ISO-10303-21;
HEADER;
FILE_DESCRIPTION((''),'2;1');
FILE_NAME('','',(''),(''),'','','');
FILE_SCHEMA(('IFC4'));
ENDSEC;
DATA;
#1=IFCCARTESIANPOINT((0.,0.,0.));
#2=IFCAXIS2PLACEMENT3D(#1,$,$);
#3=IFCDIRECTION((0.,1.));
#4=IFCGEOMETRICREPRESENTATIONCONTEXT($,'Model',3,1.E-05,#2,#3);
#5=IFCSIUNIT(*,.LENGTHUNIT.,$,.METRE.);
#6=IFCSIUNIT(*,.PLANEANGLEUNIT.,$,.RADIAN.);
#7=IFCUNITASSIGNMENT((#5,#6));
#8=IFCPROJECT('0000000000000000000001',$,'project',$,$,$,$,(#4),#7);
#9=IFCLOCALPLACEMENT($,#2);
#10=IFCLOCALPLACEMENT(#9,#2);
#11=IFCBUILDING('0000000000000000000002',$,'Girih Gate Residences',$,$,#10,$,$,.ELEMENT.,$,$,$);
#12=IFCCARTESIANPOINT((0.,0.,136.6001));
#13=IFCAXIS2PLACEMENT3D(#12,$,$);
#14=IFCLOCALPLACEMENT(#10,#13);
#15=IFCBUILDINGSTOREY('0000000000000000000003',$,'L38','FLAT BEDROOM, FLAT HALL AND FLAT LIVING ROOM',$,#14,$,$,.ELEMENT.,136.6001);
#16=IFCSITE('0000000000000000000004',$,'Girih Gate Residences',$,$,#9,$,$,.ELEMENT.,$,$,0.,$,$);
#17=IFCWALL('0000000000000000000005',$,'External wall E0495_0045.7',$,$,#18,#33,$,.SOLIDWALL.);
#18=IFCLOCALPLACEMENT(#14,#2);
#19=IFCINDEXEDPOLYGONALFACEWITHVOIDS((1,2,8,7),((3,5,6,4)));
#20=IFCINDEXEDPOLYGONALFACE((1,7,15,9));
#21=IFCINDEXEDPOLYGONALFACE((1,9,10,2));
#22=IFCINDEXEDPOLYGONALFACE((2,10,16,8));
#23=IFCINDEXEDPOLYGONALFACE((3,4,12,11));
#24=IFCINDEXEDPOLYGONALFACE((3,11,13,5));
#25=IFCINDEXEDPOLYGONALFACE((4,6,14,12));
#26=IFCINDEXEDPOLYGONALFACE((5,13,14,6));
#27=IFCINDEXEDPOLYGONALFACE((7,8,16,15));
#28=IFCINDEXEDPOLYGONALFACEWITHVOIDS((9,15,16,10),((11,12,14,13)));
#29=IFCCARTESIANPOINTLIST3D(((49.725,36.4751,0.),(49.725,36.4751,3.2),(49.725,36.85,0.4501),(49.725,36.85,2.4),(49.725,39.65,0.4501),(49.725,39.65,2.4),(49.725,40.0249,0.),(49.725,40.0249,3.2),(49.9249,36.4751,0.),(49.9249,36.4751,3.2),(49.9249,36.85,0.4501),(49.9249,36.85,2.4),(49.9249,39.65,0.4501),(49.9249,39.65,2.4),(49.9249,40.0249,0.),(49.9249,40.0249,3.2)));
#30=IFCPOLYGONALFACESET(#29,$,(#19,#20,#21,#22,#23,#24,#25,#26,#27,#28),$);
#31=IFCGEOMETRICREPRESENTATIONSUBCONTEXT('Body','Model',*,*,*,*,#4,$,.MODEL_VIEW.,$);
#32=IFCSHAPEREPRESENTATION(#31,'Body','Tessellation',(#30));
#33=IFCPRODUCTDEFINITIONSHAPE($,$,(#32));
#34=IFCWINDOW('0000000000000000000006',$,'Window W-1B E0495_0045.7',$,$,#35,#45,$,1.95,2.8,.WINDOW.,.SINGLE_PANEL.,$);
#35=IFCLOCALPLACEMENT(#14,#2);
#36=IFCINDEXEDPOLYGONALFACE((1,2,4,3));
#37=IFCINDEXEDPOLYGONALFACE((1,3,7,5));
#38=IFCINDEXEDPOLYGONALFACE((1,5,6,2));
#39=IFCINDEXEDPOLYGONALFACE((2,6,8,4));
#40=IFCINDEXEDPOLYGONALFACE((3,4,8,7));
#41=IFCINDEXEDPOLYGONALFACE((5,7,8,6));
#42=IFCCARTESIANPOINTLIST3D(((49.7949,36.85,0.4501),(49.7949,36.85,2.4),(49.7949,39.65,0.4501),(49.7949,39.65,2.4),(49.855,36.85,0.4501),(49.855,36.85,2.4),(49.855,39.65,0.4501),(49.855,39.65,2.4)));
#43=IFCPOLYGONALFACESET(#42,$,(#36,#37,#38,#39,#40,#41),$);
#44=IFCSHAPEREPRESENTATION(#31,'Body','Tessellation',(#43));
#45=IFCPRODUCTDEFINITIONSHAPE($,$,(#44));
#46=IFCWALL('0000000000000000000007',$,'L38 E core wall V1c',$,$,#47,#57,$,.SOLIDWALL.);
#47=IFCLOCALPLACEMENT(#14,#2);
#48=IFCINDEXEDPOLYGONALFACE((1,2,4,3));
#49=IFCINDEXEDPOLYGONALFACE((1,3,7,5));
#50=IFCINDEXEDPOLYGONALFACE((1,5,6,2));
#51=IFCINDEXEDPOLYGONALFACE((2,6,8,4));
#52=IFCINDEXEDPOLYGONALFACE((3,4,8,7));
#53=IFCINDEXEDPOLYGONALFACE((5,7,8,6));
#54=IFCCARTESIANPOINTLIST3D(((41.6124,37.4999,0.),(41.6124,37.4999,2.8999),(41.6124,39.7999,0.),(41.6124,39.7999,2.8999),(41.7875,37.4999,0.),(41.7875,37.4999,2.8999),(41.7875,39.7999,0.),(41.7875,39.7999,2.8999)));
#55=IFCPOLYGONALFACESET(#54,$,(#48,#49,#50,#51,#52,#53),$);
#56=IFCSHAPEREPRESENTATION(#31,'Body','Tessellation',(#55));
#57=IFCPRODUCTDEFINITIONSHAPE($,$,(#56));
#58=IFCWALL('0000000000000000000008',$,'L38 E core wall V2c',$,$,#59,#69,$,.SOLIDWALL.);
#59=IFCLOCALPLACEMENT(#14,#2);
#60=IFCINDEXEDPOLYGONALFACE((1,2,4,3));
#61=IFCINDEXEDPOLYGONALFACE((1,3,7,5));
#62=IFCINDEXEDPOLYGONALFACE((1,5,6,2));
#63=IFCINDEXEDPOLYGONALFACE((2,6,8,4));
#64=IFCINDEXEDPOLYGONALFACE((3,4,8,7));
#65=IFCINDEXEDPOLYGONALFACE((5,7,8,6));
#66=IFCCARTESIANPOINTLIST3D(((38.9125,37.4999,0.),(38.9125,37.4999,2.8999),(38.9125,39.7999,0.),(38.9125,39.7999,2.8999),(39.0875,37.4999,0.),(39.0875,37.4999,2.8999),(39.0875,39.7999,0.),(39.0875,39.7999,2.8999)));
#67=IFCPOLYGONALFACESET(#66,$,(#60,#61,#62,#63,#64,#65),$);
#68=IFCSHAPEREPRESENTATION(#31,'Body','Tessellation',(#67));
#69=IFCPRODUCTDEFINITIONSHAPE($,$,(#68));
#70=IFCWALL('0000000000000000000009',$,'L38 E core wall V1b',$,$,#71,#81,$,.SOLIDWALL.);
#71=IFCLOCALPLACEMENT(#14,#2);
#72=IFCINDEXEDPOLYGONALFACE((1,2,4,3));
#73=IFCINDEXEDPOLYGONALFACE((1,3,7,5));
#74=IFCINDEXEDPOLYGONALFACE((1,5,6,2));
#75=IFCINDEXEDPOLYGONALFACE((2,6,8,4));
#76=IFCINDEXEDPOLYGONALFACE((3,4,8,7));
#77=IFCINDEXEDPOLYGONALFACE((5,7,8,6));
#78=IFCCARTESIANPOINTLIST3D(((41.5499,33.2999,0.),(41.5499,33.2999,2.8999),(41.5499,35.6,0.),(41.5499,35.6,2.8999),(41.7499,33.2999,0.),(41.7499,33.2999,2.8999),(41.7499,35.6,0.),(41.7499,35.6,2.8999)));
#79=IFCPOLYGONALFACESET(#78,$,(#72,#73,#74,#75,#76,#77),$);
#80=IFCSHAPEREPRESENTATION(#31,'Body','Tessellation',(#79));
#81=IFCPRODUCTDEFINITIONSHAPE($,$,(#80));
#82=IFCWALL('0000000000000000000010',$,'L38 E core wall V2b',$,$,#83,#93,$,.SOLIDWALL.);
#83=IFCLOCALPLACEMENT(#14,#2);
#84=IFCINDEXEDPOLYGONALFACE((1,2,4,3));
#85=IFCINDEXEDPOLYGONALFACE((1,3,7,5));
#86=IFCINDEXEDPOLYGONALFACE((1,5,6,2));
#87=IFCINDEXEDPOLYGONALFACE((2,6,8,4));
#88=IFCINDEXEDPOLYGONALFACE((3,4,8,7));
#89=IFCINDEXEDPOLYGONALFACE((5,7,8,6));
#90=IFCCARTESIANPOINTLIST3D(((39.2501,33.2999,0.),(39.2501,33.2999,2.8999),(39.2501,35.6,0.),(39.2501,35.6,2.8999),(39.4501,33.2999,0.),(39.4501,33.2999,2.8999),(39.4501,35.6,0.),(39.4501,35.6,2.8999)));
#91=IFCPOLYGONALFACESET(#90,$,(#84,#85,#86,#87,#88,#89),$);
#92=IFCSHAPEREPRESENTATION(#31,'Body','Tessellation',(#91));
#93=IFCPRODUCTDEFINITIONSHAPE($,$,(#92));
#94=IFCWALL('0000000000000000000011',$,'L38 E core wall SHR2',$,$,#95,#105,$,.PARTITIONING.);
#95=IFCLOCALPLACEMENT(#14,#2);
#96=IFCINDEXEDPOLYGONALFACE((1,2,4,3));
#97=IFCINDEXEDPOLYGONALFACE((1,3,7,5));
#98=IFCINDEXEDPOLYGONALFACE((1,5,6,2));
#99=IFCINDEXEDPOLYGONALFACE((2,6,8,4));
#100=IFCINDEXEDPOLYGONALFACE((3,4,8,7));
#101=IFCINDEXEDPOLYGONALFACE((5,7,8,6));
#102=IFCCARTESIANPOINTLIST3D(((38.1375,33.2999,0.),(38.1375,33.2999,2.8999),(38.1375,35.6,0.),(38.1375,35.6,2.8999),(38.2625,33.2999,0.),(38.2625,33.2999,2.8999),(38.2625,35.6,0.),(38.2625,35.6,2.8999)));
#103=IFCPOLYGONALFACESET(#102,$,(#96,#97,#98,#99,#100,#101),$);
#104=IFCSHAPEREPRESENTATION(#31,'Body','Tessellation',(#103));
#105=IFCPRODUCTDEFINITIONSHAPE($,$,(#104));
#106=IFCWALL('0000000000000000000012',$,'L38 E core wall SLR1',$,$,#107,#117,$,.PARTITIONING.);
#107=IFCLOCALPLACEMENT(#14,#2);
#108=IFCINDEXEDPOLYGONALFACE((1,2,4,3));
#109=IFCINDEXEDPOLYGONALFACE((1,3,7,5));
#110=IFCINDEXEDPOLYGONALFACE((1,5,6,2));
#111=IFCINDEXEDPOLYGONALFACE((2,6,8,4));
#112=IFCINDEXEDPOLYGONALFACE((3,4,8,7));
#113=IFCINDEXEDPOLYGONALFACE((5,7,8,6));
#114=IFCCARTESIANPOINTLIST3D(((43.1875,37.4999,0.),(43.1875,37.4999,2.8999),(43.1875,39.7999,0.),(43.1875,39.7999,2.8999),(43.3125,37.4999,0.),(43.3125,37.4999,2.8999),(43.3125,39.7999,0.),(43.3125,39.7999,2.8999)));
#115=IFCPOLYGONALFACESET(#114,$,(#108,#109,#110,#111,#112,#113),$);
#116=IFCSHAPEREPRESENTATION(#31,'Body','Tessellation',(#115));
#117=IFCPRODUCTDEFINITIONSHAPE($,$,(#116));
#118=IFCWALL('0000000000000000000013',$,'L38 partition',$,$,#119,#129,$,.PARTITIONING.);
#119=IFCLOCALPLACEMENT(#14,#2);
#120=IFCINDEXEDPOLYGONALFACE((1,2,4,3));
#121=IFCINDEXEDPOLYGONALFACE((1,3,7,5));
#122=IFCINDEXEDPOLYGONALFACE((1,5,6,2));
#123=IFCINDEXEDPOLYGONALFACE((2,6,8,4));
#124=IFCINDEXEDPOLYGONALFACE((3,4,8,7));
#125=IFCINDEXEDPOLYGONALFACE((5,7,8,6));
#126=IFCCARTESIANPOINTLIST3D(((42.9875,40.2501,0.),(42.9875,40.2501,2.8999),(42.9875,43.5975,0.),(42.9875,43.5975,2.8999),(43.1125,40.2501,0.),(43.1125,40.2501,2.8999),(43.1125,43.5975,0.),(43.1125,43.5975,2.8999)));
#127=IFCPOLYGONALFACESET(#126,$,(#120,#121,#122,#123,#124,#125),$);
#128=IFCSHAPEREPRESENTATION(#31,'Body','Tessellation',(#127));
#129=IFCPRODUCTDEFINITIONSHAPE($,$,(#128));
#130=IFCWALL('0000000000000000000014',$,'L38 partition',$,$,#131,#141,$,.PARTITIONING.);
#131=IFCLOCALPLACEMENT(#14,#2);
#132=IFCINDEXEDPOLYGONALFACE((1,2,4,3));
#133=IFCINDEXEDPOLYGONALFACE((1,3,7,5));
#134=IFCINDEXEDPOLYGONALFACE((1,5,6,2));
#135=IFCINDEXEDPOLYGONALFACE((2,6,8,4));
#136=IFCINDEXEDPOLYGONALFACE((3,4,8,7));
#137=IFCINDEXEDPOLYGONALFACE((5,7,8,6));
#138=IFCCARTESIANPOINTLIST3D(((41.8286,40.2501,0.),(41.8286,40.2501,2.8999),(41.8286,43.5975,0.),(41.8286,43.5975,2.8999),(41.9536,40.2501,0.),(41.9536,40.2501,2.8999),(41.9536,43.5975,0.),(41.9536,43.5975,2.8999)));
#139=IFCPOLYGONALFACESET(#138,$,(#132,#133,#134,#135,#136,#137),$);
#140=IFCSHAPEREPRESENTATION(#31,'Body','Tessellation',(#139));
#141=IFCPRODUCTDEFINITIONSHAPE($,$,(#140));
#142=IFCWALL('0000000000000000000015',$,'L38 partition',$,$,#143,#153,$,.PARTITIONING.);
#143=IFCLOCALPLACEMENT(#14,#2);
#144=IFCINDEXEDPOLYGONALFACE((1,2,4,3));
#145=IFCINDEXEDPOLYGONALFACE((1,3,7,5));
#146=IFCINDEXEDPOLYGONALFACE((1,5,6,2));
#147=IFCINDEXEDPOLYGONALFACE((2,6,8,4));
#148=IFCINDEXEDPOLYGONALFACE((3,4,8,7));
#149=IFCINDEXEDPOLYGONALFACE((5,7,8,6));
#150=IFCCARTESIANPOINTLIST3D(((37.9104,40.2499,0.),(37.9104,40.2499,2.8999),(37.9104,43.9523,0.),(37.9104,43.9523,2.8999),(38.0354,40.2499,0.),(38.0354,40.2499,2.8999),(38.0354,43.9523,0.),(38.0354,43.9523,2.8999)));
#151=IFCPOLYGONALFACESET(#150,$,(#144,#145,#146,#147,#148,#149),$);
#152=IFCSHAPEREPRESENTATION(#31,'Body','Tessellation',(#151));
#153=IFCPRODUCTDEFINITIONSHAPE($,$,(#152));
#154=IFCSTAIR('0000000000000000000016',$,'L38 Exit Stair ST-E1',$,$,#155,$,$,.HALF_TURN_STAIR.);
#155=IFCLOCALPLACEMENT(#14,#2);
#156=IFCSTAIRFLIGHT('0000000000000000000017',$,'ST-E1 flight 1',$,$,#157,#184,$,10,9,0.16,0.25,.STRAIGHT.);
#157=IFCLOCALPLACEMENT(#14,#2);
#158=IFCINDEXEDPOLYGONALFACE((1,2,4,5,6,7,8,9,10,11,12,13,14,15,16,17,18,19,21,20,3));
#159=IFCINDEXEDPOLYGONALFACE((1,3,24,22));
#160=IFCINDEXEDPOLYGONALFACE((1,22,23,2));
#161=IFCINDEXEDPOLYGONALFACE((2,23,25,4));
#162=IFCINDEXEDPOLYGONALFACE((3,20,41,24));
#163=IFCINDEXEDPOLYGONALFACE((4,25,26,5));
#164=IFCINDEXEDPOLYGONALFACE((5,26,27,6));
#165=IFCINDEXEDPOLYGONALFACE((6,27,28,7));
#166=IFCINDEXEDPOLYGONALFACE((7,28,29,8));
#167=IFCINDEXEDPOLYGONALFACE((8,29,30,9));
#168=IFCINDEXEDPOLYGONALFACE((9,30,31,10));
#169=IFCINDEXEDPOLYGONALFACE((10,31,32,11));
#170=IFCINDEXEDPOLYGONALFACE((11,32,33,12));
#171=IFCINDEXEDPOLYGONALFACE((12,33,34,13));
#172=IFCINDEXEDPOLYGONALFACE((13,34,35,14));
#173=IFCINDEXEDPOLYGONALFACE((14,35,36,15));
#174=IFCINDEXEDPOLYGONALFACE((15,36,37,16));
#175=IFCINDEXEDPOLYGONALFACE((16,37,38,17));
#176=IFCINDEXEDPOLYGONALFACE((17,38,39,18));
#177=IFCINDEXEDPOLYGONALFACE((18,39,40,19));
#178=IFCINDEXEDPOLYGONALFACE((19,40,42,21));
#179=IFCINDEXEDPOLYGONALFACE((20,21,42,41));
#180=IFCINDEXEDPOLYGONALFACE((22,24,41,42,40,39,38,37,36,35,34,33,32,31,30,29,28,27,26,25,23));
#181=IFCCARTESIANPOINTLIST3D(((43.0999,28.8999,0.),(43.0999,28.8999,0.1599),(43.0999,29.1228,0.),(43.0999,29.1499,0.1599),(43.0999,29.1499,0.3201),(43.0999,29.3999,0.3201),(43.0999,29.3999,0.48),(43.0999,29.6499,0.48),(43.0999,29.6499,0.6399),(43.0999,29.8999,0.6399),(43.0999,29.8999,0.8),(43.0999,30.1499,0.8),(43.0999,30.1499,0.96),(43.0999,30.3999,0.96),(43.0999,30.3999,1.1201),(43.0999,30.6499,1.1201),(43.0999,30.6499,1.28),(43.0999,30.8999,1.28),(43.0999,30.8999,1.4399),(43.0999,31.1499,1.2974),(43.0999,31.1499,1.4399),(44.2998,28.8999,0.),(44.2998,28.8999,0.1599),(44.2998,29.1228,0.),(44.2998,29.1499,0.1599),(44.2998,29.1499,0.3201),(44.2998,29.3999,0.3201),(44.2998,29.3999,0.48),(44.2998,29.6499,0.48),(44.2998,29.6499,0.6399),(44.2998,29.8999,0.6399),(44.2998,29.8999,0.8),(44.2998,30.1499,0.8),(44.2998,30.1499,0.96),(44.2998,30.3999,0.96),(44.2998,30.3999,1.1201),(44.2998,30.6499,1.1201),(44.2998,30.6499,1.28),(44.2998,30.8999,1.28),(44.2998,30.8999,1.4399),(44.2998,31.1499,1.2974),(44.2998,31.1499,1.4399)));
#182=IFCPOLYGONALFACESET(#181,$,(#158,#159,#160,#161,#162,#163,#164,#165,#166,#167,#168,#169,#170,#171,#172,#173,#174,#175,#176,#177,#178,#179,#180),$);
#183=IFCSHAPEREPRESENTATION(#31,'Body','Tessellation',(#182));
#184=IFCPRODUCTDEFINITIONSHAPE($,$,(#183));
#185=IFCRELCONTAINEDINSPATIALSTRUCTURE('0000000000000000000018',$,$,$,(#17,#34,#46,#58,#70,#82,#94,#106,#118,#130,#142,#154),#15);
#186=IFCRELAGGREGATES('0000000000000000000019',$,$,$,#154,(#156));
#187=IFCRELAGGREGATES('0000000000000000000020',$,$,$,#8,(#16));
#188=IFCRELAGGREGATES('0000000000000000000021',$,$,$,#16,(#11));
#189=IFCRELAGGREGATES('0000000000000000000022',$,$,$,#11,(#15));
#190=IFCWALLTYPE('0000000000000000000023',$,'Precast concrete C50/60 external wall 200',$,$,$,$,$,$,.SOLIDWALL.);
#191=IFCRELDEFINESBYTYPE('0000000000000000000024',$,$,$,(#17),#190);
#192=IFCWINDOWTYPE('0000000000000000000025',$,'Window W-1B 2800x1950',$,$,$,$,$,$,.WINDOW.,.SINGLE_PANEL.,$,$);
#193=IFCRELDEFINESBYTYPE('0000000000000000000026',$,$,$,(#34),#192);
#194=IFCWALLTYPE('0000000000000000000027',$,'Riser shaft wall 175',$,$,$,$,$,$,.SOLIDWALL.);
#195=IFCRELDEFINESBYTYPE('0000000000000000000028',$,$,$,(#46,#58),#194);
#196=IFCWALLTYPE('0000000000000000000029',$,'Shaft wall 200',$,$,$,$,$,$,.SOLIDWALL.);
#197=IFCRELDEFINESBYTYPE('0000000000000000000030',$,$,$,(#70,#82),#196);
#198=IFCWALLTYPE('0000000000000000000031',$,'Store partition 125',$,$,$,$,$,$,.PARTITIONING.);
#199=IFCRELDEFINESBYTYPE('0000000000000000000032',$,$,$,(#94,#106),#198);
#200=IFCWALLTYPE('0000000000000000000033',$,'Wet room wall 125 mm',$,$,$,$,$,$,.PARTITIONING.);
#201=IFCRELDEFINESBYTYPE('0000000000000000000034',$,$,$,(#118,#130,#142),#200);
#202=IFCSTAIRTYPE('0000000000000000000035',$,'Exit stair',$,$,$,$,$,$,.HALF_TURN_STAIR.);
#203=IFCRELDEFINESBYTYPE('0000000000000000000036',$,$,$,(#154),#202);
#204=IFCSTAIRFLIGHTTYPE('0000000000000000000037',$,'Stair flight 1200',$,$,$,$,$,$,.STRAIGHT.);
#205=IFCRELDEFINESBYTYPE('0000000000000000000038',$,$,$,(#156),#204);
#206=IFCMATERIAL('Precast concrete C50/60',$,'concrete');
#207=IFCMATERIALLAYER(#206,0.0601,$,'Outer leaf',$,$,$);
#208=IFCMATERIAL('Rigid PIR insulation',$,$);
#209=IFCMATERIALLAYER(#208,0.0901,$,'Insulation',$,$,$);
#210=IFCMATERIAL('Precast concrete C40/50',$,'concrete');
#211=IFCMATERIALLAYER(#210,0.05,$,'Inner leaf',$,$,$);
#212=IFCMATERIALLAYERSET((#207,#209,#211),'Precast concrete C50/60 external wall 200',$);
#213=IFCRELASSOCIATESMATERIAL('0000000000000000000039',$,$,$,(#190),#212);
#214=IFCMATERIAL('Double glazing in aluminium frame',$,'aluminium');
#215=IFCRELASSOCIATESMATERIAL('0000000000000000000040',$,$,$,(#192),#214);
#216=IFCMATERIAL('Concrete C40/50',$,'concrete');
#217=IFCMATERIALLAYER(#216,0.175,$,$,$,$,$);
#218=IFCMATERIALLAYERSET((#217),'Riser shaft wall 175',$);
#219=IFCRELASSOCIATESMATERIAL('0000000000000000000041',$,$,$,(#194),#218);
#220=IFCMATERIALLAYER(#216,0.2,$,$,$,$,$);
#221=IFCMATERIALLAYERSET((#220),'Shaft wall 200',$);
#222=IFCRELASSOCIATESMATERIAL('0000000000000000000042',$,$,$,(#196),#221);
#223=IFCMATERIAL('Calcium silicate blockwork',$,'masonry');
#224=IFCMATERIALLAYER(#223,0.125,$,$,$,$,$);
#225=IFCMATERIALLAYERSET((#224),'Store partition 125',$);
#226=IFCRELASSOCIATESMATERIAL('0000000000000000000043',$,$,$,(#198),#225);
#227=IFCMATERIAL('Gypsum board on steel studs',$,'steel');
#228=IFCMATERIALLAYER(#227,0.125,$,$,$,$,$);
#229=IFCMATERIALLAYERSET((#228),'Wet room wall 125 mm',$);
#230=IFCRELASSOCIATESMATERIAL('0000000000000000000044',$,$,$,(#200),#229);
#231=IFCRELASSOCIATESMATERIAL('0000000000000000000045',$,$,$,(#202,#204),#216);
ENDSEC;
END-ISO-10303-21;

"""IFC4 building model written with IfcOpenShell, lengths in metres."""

from ifc_helpers import new_model, si_unit, direction, frame, frame_2d, origin, place, context, subcontext, project, spatial, polyline, rectangle, outline, extrude, material, layer, layer_set, type_object, element, fill, aggregate, save


model = new_model("IFC4")

# Units and contexts
model_context = context("Model", 3, precision=1e-05, world=origin(), true_north=direction((0.0, 1.0)))
body_context = subcontext(model_context, "Body", "Model", "MODEL_VIEW")
ifc_project = project(units=[si_unit("LENGTHUNIT", "METRE"), si_unit("PLANEANGLEUNIT", "RADIAN")], contexts=[model_context])

# Site, building, storey
site_placement = place(None, origin())
site = spatial("IfcSite", under=ifc_project, at=site_placement, Name="Girih Gate Residences", CompositionType="ELEMENT", RefElevation=0.0)
building_placement = place(site_placement, origin())
building = spatial("IfcBuilding", under=site, at=building_placement, Name="Girih Gate Residences", CompositionType="ELEMENT")
storey_placement = place(building_placement, frame((0.0, 0.0, 136.6001)))
storey = spatial("IfcBuildingStorey", under=building, at=storey_placement, Name="L38", Description="FLAT BEDROOM, FLAT HALL AND FLAT LIVING ROOM", CompositionType="ELEMENT", Elevation=136.6001)

# Shared definitions
ifc_material_1 = material(Name="Gypsum board on steel studs", Category="steel")

# Wall, opening, window
ifc_material_2 = material(Name="Precast concrete C50/60", Category="concrete")
ifc_layer_1 = layer(ifc_material_2, 0.0601, Name="Outer leaf")
ifc_material_3 = material(Name="Rigid PIR insulation")
ifc_layer_2 = layer(ifc_material_3, 0.0901, Name="Insulation")
ifc_material_4 = material(Name="Precast concrete C40/50", Category="concrete")
ifc_layer_3 = layer(ifc_material_4, 0.05, Name="Inner leaf")
ifc_layer_set_1 = layer_set([ifc_layer_1, ifc_layer_2, ifc_layer_3], Name="Precast concrete C50/60 external wall 200")
wall_type_1 = type_object("IfcWallType", Name="Precast concrete C50/60 external wall 200", PredefinedType="SOLIDWALL", material=ifc_layer_set_1)
ifc_material_5 = material(Name="Double glazing in aluminium frame", Category="aluminium")
window_type = type_object("IfcWindowType", Name="Window W-1B 2800x1950", PartitioningType="SINGLE_PANEL", PredefinedType="WINDOW", material=ifc_material_5)
wall_1_placement = place(storey_placement, frame((49.825, 40.0249, 0.0), z_axis=(0.0, 0.0, 1.0), x_axis=(0.0, -1.0, 0.0)))
wall_1 = element("IfcWall", 1, at=wall_1_placement, inside=storey, type_object=wall_type_1, Name="External wall E0495_0045.7", PredefinedType="SOLIDWALL", context=body_context, shape_type="SweptSolid", body=[
    extrude(rectangle(XDim=3.5498, YDim=0.2, at=frame_2d((1.7749, 0.0))), origin(), (0.0, 0.0, 1.0), 3.2),
])
opening_1_placement = place(wall_1_placement, frame((0.375, 0.0, 0.45)))
opening_1 = element("IfcOpeningElement", 2, at=opening_1_placement, cuts=wall_1, PredefinedType="OPENING", context=body_context, shape_type="SweptSolid", body=[
    extrude(rectangle(XDim=2.8, YDim=1.95, at=frame_2d((1.3999, 0.9751))), frame((0.0, 0.1099, 0.0), z_axis=(0.0, -1.0, 0.0), x_axis=(1.0, 0.0, 0.0)), (0.0, 0.0, 1.0), 0.22),
])
window_1_placement = place(opening_1_placement, origin())
window_1 = element("IfcWindow", 3, at=window_1_placement, inside=storey, type_object=window_type, Name="Window W-1B E0495_0045.7", OverallHeight=1.95, OverallWidth=2.8, PartitioningType="SINGLE_PANEL", PredefinedType="WINDOW", context=body_context, shape_type="SweptSolid", body=[
    extrude(rectangle(XDim=2.8, YDim=1.95, at=frame_2d((1.3999, 0.9751))), frame((0.0, 0.03, 0.0), z_axis=(0.0, -1.0, 0.0), x_axis=(1.0, 0.0, 0.0)), (0.0, 0.0, 1.0), 0.0601),
])
fill(opening_1, window_1)

# Walls
ifc_material_6 = material(Name="Concrete C40/50", Category="concrete")
ifc_layer_4 = layer(ifc_material_6, 0.175)
ifc_layer_set_2 = layer_set([ifc_layer_4], Name="Riser shaft wall 175")
wall_type_2 = type_object("IfcWallType", Name="Riser shaft wall 175", PredefinedType="SOLIDWALL", material=ifc_layer_set_2)
for number, where, z_axis, x_axis, name in (
    (4, (41.7, 37.5, 0.0), (0.0, 0.0, 1.0), (0.0, 1.0, 0.0), "L38 E core wall V1c"),
    (5, (39.0, 37.5, 0.0), (0.0, 0.0, 1.0), (0.0, 1.0, 0.0), "L38 E core wall V2c"),
):
    element("IfcWall", number, at=place(storey_placement, frame(where, z_axis=z_axis, x_axis=x_axis)), inside=storey, type_object=wall_type_2, Name=name, PredefinedType="SOLIDWALL", context=body_context, shape_type="SweptSolid", body=[
        extrude(rectangle(XDim=2.3, YDim=0.175, at=frame_2d((1.1499, 0.0))), origin(), (0.0, 0.0, 1.0), 2.8999),
    ])
ifc_layer_5 = layer(ifc_material_6, 0.2)
ifc_layer_set_3 = layer_set([ifc_layer_5], Name="Shaft wall 200")
wall_type_3 = type_object("IfcWallType", Name="Shaft wall 200", PredefinedType="SOLIDWALL", material=ifc_layer_set_3)
for number, where, z_axis, x_axis, name in (
    (6, (41.6499, 33.3, 0.0), (0.0, 0.0, 1.0), (0.0, 1.0, 0.0), "L38 E core wall V1b"),
    (7, (39.3501, 33.3, 0.0), (0.0, 0.0, 1.0), (0.0, 1.0, 0.0), "L38 E core wall V2b"),
):
    element("IfcWall", number, at=place(storey_placement, frame(where, z_axis=z_axis, x_axis=x_axis)), inside=storey, type_object=wall_type_3, Name=name, PredefinedType="SOLIDWALL", context=body_context, shape_type="SweptSolid", body=[
        extrude(rectangle(XDim=2.3, YDim=0.2, at=frame_2d((1.1499, 0.0))), origin(), (0.0, 0.0, 1.0), 2.8999),
    ])
ifc_material_7 = material(Name="Calcium silicate blockwork", Category="masonry")
ifc_layer_6 = layer(ifc_material_7, 0.125)
ifc_layer_set_4 = layer_set([ifc_layer_6], Name="Store partition 125")
wall_type_4 = type_object("IfcWallType", Name="Store partition 125", PredefinedType="PARTITIONING", material=ifc_layer_set_4)
for number, where, z_axis, x_axis, name in (
    (8, (38.2, 33.3, 0.0), (0.0, 0.0, 1.0), (0.0, 1.0, 0.0), "L38 E core wall SHR2"),
    (9, (43.25, 37.5, 0.0), (0.0, 0.0, 1.0), (0.0, 1.0, 0.0), "L38 E core wall SLR1"),
):
    element("IfcWall", number, at=place(storey_placement, frame(where, z_axis=z_axis, x_axis=x_axis)), inside=storey, type_object=wall_type_4, Name=name, PredefinedType="PARTITIONING", context=body_context, shape_type="SweptSolid", body=[
        extrude(rectangle(XDim=2.3, YDim=0.125, at=frame_2d((1.1499, 0.0))), origin(), (0.0, 0.0, 1.0), 2.8999),
    ])
ifc_layer_7 = layer(ifc_material_1, 0.125)
ifc_layer_set_5 = layer_set([ifc_layer_7], Name="Wet room wall 125 mm")
wall_type_5 = type_object("IfcWallType", Name="Wet room wall 125 mm", PredefinedType="PARTITIONING", material=ifc_layer_set_5)
for number, where, z_axis, x_axis, name in (
    (10, (43.05, 40.25, 0.0), (0.0, 0.0, 1.0), (0.0, 1.0, 0.0), "L38 partition"),
    (11, (41.8911, 40.25, 0.0), (0.0, 0.0, 1.0), (0.0, 1.0, 0.0), "L38 partition"),
):
    element("IfcWall", number, at=place(storey_placement, frame(where, z_axis=z_axis, x_axis=x_axis)), inside=storey, type_object=wall_type_5, Name=name, PredefinedType="PARTITIONING", context=body_context, shape_type="SweptSolid", body=[
        extrude(rectangle(XDim=3.3474, YDim=0.125, at=frame_2d((1.6738, 0.0))), origin(), (0.0, 0.0, 1.0), 2.8999),
    ])
wall_2_placement = place(storey_placement, frame((37.9729, 40.25, 0.0), z_axis=(0.0, 0.0, 1.0), x_axis=(0.0, 1.0, 0.0)))
element("IfcWall", 12, at=wall_2_placement, inside=storey, type_object=wall_type_5, Name="L38 partition", PredefinedType="PARTITIONING", context=body_context, shape_type="SweptSolid", body=[
    extrude(rectangle(XDim=3.7024, YDim=0.125, at=frame_2d((1.8511, 0.0))), origin(), (0.0, 0.0, 1.0), 2.8999),
])

# Stair, stair flight
stair_type = type_object("IfcStairType", Name="Exit stair", PredefinedType="HALF_TURN_STAIR", material=ifc_material_6)
stair_placement = place(storey_placement, origin())
stair = element("IfcStair", 13, at=stair_placement, inside=storey, type_object=stair_type, Name="L38 Exit Stair ST-E1", PredefinedType="HALF_TURN_STAIR")
stair_flight_type = type_object("IfcStairFlightType", Name="Stair flight 1200", PredefinedType="STRAIGHT", material=ifc_material_6)
stair_flight_1_placement = place(storey_placement, frame((43.7, 28.8999, 0.0), z_axis=(0.0, 0.0, 1.0), x_axis=(0.0, 1.0, 0.0)))
stair_flight_1 = element("IfcStairFlight", 14, at=stair_flight_1_placement, type_object=stair_flight_type, Name="ST-E1 flight 1", NumberOfRisers=10, NumberOfTreads=9, PredefinedType="STRAIGHT", RiserHeight=0.16, TreadLength=0.25, context=body_context, shape_type="SweptSolid", body=[
    extrude(outline(polyline([(0.0, 0.0), (0.0, 0.1599), (0.25, 0.1599), (0.25, 0.3201), (0.5, 0.3201), (0.5, 0.48), (0.75, 0.48), (0.75, 0.6399), (1.0, 0.6399), (1.0, 0.8), (1.25, 0.8), (1.25, 0.96), (1.5, 0.96), (1.5, 1.1201), (1.75, 1.1201), (1.75, 1.28), (2.0, 1.28), (2.0, 1.4399), (2.25, 1.4399), (2.25, 1.6001), (2.25, 1.2974), (0.2229, 0.0), (0.0, 0.0)])), frame((0.0, 0.6001, 0.0), z_axis=(0.0, -1.0, 0.0), x_axis=(1.0, 0.0, 0.0)), (0.0, 0.0, 1.0), 1.2),
])
aggregate(stair, [stair_flight_1])

save(model, "model.ifc")
